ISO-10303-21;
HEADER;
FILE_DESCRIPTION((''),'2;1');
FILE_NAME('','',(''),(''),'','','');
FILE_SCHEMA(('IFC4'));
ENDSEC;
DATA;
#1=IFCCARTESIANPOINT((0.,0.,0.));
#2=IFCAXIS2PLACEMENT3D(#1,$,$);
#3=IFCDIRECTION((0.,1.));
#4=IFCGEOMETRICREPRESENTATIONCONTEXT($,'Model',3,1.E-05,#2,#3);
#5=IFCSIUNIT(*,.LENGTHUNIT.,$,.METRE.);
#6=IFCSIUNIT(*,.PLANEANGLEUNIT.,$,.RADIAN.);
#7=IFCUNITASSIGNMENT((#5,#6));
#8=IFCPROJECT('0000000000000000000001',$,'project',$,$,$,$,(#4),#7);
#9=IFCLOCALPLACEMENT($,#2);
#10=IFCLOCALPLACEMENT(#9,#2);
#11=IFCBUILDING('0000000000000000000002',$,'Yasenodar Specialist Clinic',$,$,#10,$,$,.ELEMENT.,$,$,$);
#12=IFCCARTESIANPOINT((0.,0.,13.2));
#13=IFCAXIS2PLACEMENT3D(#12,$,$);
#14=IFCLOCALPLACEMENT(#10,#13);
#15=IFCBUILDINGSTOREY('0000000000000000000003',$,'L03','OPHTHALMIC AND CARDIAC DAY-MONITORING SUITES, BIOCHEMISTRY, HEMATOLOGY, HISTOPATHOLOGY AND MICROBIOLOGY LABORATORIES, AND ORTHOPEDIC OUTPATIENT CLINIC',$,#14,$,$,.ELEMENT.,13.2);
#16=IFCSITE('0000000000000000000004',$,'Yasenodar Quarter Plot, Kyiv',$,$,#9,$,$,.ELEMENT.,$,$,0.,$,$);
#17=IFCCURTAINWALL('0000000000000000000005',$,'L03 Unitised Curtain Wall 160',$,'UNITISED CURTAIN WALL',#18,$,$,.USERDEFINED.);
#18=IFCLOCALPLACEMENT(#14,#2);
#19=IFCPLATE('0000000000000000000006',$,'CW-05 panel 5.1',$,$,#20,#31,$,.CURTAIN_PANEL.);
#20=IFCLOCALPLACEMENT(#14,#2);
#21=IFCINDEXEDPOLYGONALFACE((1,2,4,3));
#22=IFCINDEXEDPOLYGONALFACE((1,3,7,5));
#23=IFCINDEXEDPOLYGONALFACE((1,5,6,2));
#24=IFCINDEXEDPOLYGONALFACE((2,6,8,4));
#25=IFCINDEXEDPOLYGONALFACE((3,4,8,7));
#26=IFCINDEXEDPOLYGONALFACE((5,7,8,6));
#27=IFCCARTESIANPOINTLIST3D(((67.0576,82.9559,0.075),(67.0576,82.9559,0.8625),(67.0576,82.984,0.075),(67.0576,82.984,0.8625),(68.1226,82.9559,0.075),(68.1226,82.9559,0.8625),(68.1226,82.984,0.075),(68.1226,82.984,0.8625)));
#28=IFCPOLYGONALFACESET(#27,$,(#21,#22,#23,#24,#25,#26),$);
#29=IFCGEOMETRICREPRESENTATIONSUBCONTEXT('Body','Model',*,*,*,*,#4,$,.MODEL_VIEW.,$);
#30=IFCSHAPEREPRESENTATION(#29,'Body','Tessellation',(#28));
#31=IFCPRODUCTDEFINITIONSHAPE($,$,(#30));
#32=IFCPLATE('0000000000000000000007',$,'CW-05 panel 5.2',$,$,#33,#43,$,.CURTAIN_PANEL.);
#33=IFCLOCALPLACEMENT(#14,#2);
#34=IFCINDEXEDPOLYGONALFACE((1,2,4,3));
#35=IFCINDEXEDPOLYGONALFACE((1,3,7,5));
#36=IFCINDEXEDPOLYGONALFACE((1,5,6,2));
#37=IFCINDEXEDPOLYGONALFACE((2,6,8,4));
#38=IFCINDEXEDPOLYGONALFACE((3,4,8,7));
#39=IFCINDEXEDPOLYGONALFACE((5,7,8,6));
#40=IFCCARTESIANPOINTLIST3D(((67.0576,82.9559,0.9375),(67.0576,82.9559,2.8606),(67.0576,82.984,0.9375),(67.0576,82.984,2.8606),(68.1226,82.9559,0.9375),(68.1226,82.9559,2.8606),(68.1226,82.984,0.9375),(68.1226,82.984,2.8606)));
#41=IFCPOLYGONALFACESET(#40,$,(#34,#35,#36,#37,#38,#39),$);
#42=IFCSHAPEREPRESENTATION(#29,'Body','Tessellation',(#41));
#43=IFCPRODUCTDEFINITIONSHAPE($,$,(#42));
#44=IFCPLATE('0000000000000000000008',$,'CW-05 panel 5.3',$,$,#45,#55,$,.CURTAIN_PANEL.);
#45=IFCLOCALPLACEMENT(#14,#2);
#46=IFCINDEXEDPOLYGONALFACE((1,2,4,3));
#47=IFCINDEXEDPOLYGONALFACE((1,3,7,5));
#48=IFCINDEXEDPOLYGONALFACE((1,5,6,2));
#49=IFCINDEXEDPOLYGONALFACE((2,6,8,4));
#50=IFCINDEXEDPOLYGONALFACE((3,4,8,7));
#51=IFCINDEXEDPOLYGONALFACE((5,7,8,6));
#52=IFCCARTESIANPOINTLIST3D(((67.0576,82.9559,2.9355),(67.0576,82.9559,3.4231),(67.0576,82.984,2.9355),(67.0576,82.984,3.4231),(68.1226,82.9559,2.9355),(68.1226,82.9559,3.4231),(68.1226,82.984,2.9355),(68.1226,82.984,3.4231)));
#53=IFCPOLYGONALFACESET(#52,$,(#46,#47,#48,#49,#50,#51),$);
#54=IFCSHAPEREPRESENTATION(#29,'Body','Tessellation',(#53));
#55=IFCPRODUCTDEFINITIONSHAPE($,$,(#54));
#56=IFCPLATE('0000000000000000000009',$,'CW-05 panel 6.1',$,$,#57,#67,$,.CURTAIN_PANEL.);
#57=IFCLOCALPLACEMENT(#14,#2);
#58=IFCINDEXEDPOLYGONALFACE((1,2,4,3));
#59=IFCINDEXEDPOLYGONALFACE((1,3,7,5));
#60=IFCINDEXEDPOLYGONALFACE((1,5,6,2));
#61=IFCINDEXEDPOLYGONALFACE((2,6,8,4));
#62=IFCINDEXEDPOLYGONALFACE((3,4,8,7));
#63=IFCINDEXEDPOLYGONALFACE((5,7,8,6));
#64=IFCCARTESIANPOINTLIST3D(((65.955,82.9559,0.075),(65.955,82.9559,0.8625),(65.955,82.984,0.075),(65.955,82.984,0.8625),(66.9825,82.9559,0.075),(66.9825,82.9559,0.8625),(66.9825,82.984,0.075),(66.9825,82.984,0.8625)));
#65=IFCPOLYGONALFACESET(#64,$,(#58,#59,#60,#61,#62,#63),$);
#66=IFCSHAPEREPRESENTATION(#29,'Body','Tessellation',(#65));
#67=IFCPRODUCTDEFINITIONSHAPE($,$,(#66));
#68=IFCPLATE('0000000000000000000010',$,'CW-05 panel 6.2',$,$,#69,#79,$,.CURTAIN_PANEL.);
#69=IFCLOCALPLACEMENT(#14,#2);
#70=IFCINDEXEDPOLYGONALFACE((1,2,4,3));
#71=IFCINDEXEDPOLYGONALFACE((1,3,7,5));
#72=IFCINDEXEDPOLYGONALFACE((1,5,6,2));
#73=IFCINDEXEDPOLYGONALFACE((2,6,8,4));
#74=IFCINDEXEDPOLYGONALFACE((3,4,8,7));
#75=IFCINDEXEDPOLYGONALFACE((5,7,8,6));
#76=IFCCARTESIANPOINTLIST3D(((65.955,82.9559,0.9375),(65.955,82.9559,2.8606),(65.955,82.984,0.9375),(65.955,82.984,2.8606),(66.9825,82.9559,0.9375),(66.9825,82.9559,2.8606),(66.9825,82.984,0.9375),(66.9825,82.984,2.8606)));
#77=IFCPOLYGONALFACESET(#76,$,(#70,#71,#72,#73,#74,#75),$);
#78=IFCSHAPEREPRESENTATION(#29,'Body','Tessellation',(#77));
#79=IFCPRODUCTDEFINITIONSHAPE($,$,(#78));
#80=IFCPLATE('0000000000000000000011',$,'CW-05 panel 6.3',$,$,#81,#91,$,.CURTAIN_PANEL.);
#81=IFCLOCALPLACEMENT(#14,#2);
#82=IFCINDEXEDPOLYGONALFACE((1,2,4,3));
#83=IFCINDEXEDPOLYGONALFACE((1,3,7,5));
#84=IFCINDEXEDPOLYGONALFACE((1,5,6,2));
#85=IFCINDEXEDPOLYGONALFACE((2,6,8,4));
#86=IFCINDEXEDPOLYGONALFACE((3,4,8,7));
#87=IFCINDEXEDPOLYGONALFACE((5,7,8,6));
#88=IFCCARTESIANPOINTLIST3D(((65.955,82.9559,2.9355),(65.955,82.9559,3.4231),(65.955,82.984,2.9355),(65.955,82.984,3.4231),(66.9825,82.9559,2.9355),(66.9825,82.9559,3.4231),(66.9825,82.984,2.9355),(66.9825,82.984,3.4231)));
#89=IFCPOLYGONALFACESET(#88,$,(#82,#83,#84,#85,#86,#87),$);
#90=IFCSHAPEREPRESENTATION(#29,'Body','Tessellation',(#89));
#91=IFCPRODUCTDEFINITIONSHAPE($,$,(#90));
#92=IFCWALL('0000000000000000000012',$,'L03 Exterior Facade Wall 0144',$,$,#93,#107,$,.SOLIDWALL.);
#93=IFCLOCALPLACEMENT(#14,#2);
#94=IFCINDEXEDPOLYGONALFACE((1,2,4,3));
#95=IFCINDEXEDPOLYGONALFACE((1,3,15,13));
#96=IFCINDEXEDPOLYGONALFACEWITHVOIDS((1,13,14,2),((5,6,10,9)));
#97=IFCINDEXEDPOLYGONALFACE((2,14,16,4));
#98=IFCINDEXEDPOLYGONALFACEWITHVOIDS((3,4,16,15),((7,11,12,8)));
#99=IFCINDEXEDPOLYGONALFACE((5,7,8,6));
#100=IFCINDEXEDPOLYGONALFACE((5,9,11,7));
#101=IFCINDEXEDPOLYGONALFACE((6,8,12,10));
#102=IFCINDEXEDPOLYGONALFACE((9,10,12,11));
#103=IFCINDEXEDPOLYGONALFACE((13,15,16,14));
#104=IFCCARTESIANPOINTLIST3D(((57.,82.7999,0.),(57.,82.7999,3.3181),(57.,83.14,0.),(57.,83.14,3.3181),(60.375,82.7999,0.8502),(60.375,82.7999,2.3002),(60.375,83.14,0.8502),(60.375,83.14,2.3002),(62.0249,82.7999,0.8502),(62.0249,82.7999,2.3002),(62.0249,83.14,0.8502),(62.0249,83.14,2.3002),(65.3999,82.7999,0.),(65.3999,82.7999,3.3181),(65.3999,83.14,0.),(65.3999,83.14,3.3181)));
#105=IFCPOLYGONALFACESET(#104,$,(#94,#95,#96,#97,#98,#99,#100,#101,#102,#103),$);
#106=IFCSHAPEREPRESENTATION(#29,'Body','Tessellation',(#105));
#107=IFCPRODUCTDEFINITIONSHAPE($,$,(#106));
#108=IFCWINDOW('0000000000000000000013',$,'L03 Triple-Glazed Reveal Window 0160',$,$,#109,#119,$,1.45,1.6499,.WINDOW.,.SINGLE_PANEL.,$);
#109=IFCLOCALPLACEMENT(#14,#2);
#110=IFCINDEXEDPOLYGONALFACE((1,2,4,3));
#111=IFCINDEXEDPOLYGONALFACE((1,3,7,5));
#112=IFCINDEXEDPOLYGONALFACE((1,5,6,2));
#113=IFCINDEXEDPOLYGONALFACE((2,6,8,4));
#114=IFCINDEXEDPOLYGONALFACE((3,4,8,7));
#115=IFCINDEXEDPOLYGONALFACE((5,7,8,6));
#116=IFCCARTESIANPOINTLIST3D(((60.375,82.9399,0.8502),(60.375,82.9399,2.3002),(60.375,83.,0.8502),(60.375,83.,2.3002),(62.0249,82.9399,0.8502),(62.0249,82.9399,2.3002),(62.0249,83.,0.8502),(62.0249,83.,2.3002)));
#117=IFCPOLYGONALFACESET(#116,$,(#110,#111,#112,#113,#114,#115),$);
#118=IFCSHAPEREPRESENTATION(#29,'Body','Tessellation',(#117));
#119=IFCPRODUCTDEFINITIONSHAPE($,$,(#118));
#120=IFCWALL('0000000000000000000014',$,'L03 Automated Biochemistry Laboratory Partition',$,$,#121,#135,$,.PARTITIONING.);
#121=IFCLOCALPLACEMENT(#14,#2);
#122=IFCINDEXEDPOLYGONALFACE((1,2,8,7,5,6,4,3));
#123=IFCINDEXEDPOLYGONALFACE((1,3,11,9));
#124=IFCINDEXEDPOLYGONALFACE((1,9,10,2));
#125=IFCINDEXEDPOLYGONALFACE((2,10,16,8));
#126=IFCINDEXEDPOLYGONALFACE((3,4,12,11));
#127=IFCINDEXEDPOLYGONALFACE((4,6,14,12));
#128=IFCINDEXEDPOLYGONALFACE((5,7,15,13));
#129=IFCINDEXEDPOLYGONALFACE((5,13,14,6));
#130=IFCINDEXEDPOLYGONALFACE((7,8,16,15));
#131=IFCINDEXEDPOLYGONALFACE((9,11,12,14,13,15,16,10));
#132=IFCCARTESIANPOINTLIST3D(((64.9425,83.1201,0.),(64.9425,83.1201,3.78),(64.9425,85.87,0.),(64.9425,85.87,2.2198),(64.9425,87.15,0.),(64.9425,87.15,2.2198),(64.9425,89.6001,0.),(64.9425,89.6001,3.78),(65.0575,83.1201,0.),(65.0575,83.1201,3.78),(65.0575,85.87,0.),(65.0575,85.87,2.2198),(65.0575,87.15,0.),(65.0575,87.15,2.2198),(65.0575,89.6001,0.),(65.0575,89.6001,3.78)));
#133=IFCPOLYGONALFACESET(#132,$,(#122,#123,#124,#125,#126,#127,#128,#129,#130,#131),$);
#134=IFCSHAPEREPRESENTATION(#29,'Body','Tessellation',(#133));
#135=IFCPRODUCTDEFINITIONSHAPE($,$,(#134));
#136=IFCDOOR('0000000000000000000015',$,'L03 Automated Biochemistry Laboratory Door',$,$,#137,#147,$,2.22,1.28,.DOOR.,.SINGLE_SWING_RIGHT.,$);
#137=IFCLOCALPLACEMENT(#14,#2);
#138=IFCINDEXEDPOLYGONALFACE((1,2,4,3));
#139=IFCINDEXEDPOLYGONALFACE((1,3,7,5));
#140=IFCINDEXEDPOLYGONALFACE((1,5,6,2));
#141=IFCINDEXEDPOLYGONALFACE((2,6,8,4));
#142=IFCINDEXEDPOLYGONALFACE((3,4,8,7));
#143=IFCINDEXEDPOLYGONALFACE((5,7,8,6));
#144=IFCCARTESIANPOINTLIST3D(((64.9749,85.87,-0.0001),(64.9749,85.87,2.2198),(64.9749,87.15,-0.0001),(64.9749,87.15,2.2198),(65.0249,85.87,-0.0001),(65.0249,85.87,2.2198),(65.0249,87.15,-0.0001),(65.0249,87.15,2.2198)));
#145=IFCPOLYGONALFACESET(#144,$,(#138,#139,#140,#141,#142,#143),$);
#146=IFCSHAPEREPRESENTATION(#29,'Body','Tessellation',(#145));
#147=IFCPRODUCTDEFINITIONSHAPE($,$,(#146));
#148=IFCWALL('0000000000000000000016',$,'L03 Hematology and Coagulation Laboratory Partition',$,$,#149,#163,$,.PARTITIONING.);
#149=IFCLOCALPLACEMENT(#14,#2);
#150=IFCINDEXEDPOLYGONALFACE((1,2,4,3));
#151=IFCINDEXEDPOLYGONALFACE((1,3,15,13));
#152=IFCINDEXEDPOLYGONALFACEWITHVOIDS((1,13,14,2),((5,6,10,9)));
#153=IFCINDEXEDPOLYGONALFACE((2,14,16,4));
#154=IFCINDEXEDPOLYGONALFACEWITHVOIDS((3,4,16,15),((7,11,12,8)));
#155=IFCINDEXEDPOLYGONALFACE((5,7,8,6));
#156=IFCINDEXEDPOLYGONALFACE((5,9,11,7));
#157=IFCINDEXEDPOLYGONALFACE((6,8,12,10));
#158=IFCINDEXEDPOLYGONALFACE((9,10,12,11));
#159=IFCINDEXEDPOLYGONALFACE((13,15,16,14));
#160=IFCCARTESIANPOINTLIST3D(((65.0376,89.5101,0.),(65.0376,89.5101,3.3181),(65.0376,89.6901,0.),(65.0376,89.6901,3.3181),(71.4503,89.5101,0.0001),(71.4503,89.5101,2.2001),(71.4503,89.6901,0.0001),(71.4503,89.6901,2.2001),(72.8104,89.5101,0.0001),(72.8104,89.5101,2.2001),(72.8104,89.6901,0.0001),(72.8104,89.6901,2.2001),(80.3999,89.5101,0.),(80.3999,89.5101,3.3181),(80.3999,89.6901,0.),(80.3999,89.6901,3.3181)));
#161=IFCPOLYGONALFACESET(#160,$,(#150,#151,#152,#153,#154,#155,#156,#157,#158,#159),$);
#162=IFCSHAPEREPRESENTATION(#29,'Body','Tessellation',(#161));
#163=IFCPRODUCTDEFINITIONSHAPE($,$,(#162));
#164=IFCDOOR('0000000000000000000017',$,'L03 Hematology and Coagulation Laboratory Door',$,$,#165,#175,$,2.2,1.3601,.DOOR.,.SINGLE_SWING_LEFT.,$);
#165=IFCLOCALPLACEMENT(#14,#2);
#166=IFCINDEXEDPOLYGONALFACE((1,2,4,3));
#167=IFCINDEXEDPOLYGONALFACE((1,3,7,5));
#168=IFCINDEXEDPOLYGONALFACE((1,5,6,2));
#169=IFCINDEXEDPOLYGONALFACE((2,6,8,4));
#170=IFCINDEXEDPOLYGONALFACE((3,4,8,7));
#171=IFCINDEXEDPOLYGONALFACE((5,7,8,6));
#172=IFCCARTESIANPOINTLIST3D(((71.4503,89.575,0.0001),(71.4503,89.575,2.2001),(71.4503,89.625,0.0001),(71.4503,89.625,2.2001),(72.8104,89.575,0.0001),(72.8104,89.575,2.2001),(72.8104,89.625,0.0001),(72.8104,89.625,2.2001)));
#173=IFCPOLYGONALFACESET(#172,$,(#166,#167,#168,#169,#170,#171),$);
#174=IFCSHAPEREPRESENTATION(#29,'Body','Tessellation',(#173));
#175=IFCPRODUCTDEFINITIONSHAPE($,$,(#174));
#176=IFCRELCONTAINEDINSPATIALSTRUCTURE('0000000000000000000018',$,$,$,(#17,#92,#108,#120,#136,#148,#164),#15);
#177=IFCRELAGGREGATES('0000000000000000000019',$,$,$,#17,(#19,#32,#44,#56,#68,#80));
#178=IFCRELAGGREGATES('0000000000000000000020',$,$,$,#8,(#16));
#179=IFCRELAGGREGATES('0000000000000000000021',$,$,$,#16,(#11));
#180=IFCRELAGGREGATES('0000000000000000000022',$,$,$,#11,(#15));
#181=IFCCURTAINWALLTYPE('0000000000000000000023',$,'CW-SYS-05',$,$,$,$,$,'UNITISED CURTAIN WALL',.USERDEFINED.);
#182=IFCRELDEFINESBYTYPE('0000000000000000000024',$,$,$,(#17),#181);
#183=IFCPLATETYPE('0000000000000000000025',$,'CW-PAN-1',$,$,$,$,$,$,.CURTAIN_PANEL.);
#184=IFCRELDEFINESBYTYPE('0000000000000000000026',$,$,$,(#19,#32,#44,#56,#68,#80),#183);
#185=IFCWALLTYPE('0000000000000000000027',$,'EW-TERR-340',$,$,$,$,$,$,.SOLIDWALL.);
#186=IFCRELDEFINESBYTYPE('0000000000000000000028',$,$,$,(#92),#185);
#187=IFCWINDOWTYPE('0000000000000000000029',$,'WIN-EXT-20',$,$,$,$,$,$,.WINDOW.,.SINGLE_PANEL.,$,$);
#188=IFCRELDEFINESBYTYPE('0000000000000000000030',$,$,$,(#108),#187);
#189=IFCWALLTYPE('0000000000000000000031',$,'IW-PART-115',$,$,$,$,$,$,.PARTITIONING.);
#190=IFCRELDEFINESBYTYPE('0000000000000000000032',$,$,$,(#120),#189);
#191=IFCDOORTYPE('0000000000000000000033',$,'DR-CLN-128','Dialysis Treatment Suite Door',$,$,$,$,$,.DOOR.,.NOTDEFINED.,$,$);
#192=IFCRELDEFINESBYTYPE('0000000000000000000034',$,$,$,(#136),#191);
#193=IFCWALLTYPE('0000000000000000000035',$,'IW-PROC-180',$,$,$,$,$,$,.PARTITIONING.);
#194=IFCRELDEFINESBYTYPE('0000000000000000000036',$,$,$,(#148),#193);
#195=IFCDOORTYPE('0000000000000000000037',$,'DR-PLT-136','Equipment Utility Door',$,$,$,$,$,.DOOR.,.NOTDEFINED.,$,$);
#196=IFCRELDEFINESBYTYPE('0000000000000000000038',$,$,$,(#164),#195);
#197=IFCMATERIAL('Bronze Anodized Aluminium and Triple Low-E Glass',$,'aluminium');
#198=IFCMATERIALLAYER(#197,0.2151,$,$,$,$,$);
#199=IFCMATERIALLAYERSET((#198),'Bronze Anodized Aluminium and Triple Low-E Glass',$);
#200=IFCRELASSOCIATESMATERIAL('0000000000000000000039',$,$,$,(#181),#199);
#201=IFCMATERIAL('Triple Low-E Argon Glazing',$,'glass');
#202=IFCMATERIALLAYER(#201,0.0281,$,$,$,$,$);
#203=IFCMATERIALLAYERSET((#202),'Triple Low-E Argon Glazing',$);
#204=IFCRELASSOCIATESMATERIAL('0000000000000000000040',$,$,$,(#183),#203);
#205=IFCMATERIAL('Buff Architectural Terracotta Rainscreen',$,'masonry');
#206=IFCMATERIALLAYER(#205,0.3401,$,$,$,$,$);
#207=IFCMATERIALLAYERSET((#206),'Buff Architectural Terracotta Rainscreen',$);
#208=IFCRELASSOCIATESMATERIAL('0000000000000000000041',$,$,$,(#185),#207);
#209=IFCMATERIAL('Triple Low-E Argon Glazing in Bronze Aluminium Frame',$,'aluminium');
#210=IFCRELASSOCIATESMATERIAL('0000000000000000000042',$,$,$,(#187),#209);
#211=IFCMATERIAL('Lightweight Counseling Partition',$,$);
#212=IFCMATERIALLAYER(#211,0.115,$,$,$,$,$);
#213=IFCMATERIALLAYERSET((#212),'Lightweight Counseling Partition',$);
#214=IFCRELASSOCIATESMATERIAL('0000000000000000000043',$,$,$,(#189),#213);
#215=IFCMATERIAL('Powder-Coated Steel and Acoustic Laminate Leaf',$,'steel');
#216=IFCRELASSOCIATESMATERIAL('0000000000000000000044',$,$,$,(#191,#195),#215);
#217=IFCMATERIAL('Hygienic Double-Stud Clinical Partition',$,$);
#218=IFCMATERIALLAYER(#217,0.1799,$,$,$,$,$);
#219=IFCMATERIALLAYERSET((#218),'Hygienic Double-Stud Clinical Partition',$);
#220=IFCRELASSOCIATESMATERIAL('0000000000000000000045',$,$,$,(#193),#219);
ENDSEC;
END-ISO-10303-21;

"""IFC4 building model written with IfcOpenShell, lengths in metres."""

from ifc_helpers import new_model, si_unit, direction, frame, frame_2d, origin, origin_2d, place, context, subcontext, project, spatial, rectangle, extrude, material, layer, layer_set, type_object, element, fill, aggregate, save


model = new_model("IFC4")

# Units and contexts
model_context = context("Model", 3, precision=1e-05, world=origin(), true_north=direction((0.0, 1.0)))
body_context = subcontext(model_context, "Body", "Model", "MODEL_VIEW")
ifc_project = project(units=[si_unit("LENGTHUNIT", "METRE"), si_unit("PLANEANGLEUNIT", "RADIAN")], contexts=[model_context])

# Site, building, storey
site_placement = place(None, origin())
site = spatial("IfcSite", under=ifc_project, at=site_placement, Name="Yasenodar Quarter Plot, Kyiv", CompositionType="ELEMENT", RefElevation=0.0)
building_placement = place(site_placement, origin())
building = spatial("IfcBuilding", under=site, at=building_placement, Name="Yasenodar Specialist Clinic", CompositionType="ELEMENT")
storey_placement = place(building_placement, frame((0.0, 0.0, 13.2)))
storey = spatial("IfcBuildingStorey", under=building, at=storey_placement, Name="L03", Description="OPHTHALMIC AND CARDIAC DAY-MONITORING SUITES, BIOCHEMISTRY, HEMATOLOGY, HISTOPATHOLOGY AND MICROBIOLOGY LABORATORIES, AND ORTHOPEDIC OUTPATIENT CLINIC", CompositionType="ELEMENT", Elevation=13.2)

# Shared definitions
ifc_material_1 = material(Name="Bronze Anodized Aluminium and Triple Low-E Glass", Category="aluminium")
ifc_layer_1 = layer(ifc_material_1, 0.2151)
ifc_layer_set_1 = layer_set([ifc_layer_1], Name="Bronze Anodized Aluminium and Triple Low-E Glass")
curtain_wall_type = type_object("IfcCurtainWallType", Name="CW-SYS-05", ElementType="UNITISED CURTAIN WALL", PredefinedType="USERDEFINED", material=ifc_layer_set_1)

# Curtain wall
curtain_wall_1_placement = place(storey_placement, origin())
curtain_wall_1 = element("IfcCurtainWall", 1, at=curtain_wall_1_placement, inside=storey, type_object=curtain_wall_type, Name="L03 Unitised Curtain Wall 160", ObjectType="UNITISED CURTAIN WALL", PredefinedType="USERDEFINED")

# Plates
ifc_material_2 = material(Name="Triple Low-E Argon Glazing", Category="glass")
ifc_layer_2 = layer(ifc_material_2, 0.0281)
ifc_layer_set_2 = layer_set([ifc_layer_2], Name="Triple Low-E Argon Glazing")
plate_type = type_object("IfcPlateType", Name="CW-PAN-1", PredefinedType="CURTAIN_PANEL", material=ifc_layer_set_2)
plate_1_placement = place(storey_placement, frame((67.5901, 82.97, 0.075), z_axis=(0.0, 0.0, 1.0), x_axis=(-1.0, 0.0, 0.0)))
plate_1 = element("IfcPlate", 2, at=plate_1_placement, type_object=plate_type, Name="CW-05 panel 5.1", PredefinedType="CURTAIN_PANEL", context=body_context, shape_type="SweptSolid", body=[
    extrude(rectangle(XDim=1.0649, YDim=0.0281, at=origin_2d()), origin(), (0.0, 0.0, 1.0), 0.7876),
])
plate_2_placement = place(storey_placement, frame((67.5901, 82.97, 0.9375), z_axis=(0.0, 0.0, 1.0), x_axis=(-1.0, 0.0, 0.0)))
plate_2 = element("IfcPlate", 3, at=plate_2_placement, type_object=plate_type, Name="CW-05 panel 5.2", PredefinedType="CURTAIN_PANEL", context=body_context, shape_type="SweptSolid", body=[
    extrude(rectangle(XDim=1.0649, YDim=0.0281, at=origin_2d()), origin(), (0.0, 0.0, 1.0), 1.9231),
])
plate_3_placement = place(storey_placement, frame((67.5901, 82.97, 2.9355), z_axis=(0.0, 0.0, 1.0), x_axis=(-1.0, 0.0, 0.0)))
plate_3 = element("IfcPlate", 4, at=plate_3_placement, type_object=plate_type, Name="CW-05 panel 5.3", PredefinedType="CURTAIN_PANEL", context=body_context, shape_type="SweptSolid", body=[
    extrude(rectangle(XDim=1.0649, YDim=0.0281, at=origin_2d()), origin(), (0.0, 0.0, 1.0), 0.4875),
])
plate_4_placement = place(storey_placement, frame((66.4688, 82.97, 0.075), z_axis=(0.0, 0.0, 1.0), x_axis=(-1.0, 0.0, 0.0)))
plate_4 = element("IfcPlate", 5, at=plate_4_placement, type_object=plate_type, Name="CW-05 panel 6.1", PredefinedType="CURTAIN_PANEL", context=body_context, shape_type="SweptSolid", body=[
    extrude(rectangle(XDim=1.0276, YDim=0.0281, at=origin_2d()), origin(), (0.0, 0.0, 1.0), 0.7876),
])
plate_5_placement = place(storey_placement, frame((66.4688, 82.97, 0.9375), z_axis=(0.0, 0.0, 1.0), x_axis=(-1.0, 0.0, 0.0)))
plate_5 = element("IfcPlate", 6, at=plate_5_placement, type_object=plate_type, Name="CW-05 panel 6.2", PredefinedType="CURTAIN_PANEL", context=body_context, shape_type="SweptSolid", body=[
    extrude(rectangle(XDim=1.0276, YDim=0.0281, at=origin_2d()), origin(), (0.0, 0.0, 1.0), 1.9231),
])
plate_6_placement = place(storey_placement, frame((66.4688, 82.97, 2.9355), z_axis=(0.0, 0.0, 1.0), x_axis=(-1.0, 0.0, 0.0)))
plate_6 = element("IfcPlate", 7, at=plate_6_placement, type_object=plate_type, Name="CW-05 panel 6.3", PredefinedType="CURTAIN_PANEL", context=body_context, shape_type="SweptSolid", body=[
    extrude(rectangle(XDim=1.0276, YDim=0.0281, at=origin_2d()), origin(), (0.0, 0.0, 1.0), 0.4875),
])
aggregate(curtain_wall_1, [plate_1, plate_2, plate_3, plate_4, plate_5, plate_6])

# Wall, opening, window
ifc_material_3 = material(Name="Buff Architectural Terracotta Rainscreen", Category="masonry")
ifc_layer_3 = layer(ifc_material_3, 0.3401)
ifc_layer_set_3 = layer_set([ifc_layer_3], Name="Buff Architectural Terracotta Rainscreen")
wall_type_1 = type_object("IfcWallType", Name="EW-TERR-340", PredefinedType="SOLIDWALL", material=ifc_layer_set_3)
wall_1_placement = place(storey_placement, frame((65.3999, 82.97, 0.0), z_axis=(0.0, 0.0, 1.0), x_axis=(-1.0, 0.0, 0.0)))
wall_1 = element("IfcWall", 8, at=wall_1_placement, inside=storey, type_object=wall_type_1, Name="L03 Exterior Facade Wall 0144", PredefinedType="SOLIDWALL", context=body_context, shape_type="SweptSolid", body=[
    extrude(rectangle(XDim=8.3999, YDim=0.3401, at=frame_2d((4.2, 0.0))), origin(), (0.0, 0.0, 1.0), 3.3181),
])
opening_1_placement = place(wall_1_placement, frame((3.375, 0.0, 0.8501)))
opening_1 = element("IfcOpeningElement", 9, at=opening_1_placement, cuts=wall_1, PredefinedType="OPENING", context=body_context, shape_type="SweptSolid", body=[
    extrude(rectangle(XDim=1.6499, YDim=1.45, at=frame_2d((0.825, 0.7251))), frame((0.0, 0.1802, 0.0), z_axis=(0.0, -1.0, 0.0), x_axis=(1.0, 0.0, 0.0)), (0.0, 0.0, 1.0), 0.3601),
])
ifc_material_4 = material(Name="Triple Low-E Argon Glazing in Bronze Aluminium Frame", Category="aluminium")
window_type = type_object("IfcWindowType", Name="WIN-EXT-20", PartitioningType="SINGLE_PANEL", PredefinedType="WINDOW", material=ifc_material_4)
window_placement = place(opening_1_placement, origin())
window = element("IfcWindow", 10, at=window_placement, inside=storey, type_object=window_type, Name="L03 Triple-Glazed Reveal Window 0160", OverallHeight=1.45, OverallWidth=1.6499, PartitioningType="SINGLE_PANEL", PredefinedType="WINDOW", context=body_context, shape_type="SweptSolid", body=[
    extrude(rectangle(XDim=1.6499, YDim=1.45, at=frame_2d((0.825, 0.7251))), frame((0.0, 0.03, 0.0), z_axis=(0.0, -1.0, 0.0), x_axis=(1.0, 0.0, 0.0)), (0.0, 0.0, 1.0), 0.0601),
])
fill(opening_1, window)

# Walls, openings, doors
ifc_material_5 = material(Name="Lightweight Counseling Partition")
ifc_layer_4 = layer(ifc_material_5, 0.115)
ifc_layer_set_4 = layer_set([ifc_layer_4], Name="Lightweight Counseling Partition")
wall_type_2 = type_object("IfcWallType", Name="IW-PART-115", PredefinedType="PARTITIONING", material=ifc_layer_set_4)
wall_2_placement = place(storey_placement, frame((65.0, 89.6001, 0.0), z_axis=(0.0, 0.0, 1.0), x_axis=(0.0, -1.0, 0.0)))
wall_2 = element("IfcWall", 11, at=wall_2_placement, inside=storey, type_object=wall_type_2, Name="L03 Automated Biochemistry Laboratory Partition", PredefinedType="PARTITIONING", context=body_context, shape_type="SweptSolid", body=[
    extrude(rectangle(XDim=6.48, YDim=0.115, at=frame_2d((3.24, 0.0))), origin(), (0.0, 0.0, 1.0), 3.78),
])
opening_2_placement = place(wall_2_placement, frame((2.45, 0.0, 0.0)))
opening_2 = element("IfcOpeningElement", 12, at=opening_2_placement, cuts=wall_2, PredefinedType="OPENING", context=body_context, shape_type="SweptSolid", body=[
    extrude(rectangle(XDim=1.28, YDim=2.22, at=frame_2d((0.6401, 1.1099))), frame((0.0, 0.0674, 0.0), z_axis=(0.0, -1.0, 0.0), x_axis=(1.0, 0.0, 0.0)), (0.0, 0.0, 1.0), 0.135),
])
ifc_material_6 = material(Name="Powder-Coated Steel and Acoustic Laminate Leaf", Category="steel")
door_type_1 = type_object("IfcDoorType", Name="DR-CLN-128", Description="Dialysis Treatment Suite Door", OperationType="NOTDEFINED", PredefinedType="DOOR", material=ifc_material_6)
door_1_placement = place(opening_2_placement, origin())
door_1 = element("IfcDoor", 13, at=door_1_placement, inside=storey, type_object=door_type_1, Name="L03 Automated Biochemistry Laboratory Door", OperationType="SINGLE_SWING_RIGHT", OverallHeight=2.22, OverallWidth=1.28, PredefinedType="DOOR", context=body_context, shape_type="SweptSolid", body=[
    extrude(rectangle(XDim=1.28, YDim=2.22, at=frame_2d((0.6401, 1.1099))), frame((0.0, 0.0249, 0.0), z_axis=(0.0, -1.0, 0.0), x_axis=(1.0, 0.0, 0.0)), (0.0, 0.0, 1.0), 0.05),
])
fill(opening_2, door_1)
ifc_material_7 = material(Name="Hygienic Double-Stud Clinical Partition")
ifc_layer_5 = layer(ifc_material_7, 0.1799)
ifc_layer_set_5 = layer_set([ifc_layer_5], Name="Hygienic Double-Stud Clinical Partition")
wall_type_3 = type_object("IfcWallType", Name="IW-PROC-180", PredefinedType="PARTITIONING", material=ifc_layer_set_5)
wall_3_placement = place(storey_placement, frame((65.0376, 89.6001, 0.0), z_axis=(0.0, 0.0, 1.0), x_axis=(1.0, 0.0, 0.0)))
wall_3 = element("IfcWall", 14, at=wall_3_placement, inside=storey, type_object=wall_type_3, Name="L03 Hematology and Coagulation Laboratory Partition", PredefinedType="PARTITIONING", context=body_context, shape_type="SweptSolid", body=[
    extrude(rectangle(XDim=15.3623, YDim=0.1799, at=frame_2d((7.6812, 0.0))), origin(), (0.0, 0.0, 1.0), 3.3181),
])
opening_3_placement = place(wall_3_placement, frame((6.4126, 0.0, 0.0)))
opening_3 = element("IfcOpeningElement", 15, at=opening_3_placement, cuts=wall_3, PredefinedType="OPENING", context=body_context, shape_type="SweptSolid", body=[
    extrude(rectangle(XDim=1.3601, YDim=2.2, at=frame_2d((0.6802, 1.1001))), frame((0.0, 0.1001, 0.0), z_axis=(0.0, -1.0, 0.0), x_axis=(1.0, 0.0, 0.0)), (0.0, 0.0, 1.0), 0.2),
])
door_type_2 = type_object("IfcDoorType", Name="DR-PLT-136", Description="Equipment Utility Door", OperationType="NOTDEFINED", PredefinedType="DOOR", material=ifc_material_6)
door_2_placement = place(opening_3_placement, origin())
door_2 = element("IfcDoor", 16, at=door_2_placement, inside=storey, type_object=door_type_2, Name="L03 Hematology and Coagulation Laboratory Door", OperationType="SINGLE_SWING_LEFT", OverallHeight=2.2, OverallWidth=1.3601, PredefinedType="DOOR", context=body_context, shape_type="SweptSolid", body=[
    extrude(rectangle(XDim=1.3601, YDim=2.2, at=frame_2d((0.6802, 1.1001))), frame((0.0, 0.0249, 0.0), z_axis=(0.0, -1.0, 0.0), x_axis=(1.0, 0.0, 0.0)), (0.0, 0.0, 1.0), 0.05),
])
fill(opening_3, door_2)

save(model, "model.ifc")
